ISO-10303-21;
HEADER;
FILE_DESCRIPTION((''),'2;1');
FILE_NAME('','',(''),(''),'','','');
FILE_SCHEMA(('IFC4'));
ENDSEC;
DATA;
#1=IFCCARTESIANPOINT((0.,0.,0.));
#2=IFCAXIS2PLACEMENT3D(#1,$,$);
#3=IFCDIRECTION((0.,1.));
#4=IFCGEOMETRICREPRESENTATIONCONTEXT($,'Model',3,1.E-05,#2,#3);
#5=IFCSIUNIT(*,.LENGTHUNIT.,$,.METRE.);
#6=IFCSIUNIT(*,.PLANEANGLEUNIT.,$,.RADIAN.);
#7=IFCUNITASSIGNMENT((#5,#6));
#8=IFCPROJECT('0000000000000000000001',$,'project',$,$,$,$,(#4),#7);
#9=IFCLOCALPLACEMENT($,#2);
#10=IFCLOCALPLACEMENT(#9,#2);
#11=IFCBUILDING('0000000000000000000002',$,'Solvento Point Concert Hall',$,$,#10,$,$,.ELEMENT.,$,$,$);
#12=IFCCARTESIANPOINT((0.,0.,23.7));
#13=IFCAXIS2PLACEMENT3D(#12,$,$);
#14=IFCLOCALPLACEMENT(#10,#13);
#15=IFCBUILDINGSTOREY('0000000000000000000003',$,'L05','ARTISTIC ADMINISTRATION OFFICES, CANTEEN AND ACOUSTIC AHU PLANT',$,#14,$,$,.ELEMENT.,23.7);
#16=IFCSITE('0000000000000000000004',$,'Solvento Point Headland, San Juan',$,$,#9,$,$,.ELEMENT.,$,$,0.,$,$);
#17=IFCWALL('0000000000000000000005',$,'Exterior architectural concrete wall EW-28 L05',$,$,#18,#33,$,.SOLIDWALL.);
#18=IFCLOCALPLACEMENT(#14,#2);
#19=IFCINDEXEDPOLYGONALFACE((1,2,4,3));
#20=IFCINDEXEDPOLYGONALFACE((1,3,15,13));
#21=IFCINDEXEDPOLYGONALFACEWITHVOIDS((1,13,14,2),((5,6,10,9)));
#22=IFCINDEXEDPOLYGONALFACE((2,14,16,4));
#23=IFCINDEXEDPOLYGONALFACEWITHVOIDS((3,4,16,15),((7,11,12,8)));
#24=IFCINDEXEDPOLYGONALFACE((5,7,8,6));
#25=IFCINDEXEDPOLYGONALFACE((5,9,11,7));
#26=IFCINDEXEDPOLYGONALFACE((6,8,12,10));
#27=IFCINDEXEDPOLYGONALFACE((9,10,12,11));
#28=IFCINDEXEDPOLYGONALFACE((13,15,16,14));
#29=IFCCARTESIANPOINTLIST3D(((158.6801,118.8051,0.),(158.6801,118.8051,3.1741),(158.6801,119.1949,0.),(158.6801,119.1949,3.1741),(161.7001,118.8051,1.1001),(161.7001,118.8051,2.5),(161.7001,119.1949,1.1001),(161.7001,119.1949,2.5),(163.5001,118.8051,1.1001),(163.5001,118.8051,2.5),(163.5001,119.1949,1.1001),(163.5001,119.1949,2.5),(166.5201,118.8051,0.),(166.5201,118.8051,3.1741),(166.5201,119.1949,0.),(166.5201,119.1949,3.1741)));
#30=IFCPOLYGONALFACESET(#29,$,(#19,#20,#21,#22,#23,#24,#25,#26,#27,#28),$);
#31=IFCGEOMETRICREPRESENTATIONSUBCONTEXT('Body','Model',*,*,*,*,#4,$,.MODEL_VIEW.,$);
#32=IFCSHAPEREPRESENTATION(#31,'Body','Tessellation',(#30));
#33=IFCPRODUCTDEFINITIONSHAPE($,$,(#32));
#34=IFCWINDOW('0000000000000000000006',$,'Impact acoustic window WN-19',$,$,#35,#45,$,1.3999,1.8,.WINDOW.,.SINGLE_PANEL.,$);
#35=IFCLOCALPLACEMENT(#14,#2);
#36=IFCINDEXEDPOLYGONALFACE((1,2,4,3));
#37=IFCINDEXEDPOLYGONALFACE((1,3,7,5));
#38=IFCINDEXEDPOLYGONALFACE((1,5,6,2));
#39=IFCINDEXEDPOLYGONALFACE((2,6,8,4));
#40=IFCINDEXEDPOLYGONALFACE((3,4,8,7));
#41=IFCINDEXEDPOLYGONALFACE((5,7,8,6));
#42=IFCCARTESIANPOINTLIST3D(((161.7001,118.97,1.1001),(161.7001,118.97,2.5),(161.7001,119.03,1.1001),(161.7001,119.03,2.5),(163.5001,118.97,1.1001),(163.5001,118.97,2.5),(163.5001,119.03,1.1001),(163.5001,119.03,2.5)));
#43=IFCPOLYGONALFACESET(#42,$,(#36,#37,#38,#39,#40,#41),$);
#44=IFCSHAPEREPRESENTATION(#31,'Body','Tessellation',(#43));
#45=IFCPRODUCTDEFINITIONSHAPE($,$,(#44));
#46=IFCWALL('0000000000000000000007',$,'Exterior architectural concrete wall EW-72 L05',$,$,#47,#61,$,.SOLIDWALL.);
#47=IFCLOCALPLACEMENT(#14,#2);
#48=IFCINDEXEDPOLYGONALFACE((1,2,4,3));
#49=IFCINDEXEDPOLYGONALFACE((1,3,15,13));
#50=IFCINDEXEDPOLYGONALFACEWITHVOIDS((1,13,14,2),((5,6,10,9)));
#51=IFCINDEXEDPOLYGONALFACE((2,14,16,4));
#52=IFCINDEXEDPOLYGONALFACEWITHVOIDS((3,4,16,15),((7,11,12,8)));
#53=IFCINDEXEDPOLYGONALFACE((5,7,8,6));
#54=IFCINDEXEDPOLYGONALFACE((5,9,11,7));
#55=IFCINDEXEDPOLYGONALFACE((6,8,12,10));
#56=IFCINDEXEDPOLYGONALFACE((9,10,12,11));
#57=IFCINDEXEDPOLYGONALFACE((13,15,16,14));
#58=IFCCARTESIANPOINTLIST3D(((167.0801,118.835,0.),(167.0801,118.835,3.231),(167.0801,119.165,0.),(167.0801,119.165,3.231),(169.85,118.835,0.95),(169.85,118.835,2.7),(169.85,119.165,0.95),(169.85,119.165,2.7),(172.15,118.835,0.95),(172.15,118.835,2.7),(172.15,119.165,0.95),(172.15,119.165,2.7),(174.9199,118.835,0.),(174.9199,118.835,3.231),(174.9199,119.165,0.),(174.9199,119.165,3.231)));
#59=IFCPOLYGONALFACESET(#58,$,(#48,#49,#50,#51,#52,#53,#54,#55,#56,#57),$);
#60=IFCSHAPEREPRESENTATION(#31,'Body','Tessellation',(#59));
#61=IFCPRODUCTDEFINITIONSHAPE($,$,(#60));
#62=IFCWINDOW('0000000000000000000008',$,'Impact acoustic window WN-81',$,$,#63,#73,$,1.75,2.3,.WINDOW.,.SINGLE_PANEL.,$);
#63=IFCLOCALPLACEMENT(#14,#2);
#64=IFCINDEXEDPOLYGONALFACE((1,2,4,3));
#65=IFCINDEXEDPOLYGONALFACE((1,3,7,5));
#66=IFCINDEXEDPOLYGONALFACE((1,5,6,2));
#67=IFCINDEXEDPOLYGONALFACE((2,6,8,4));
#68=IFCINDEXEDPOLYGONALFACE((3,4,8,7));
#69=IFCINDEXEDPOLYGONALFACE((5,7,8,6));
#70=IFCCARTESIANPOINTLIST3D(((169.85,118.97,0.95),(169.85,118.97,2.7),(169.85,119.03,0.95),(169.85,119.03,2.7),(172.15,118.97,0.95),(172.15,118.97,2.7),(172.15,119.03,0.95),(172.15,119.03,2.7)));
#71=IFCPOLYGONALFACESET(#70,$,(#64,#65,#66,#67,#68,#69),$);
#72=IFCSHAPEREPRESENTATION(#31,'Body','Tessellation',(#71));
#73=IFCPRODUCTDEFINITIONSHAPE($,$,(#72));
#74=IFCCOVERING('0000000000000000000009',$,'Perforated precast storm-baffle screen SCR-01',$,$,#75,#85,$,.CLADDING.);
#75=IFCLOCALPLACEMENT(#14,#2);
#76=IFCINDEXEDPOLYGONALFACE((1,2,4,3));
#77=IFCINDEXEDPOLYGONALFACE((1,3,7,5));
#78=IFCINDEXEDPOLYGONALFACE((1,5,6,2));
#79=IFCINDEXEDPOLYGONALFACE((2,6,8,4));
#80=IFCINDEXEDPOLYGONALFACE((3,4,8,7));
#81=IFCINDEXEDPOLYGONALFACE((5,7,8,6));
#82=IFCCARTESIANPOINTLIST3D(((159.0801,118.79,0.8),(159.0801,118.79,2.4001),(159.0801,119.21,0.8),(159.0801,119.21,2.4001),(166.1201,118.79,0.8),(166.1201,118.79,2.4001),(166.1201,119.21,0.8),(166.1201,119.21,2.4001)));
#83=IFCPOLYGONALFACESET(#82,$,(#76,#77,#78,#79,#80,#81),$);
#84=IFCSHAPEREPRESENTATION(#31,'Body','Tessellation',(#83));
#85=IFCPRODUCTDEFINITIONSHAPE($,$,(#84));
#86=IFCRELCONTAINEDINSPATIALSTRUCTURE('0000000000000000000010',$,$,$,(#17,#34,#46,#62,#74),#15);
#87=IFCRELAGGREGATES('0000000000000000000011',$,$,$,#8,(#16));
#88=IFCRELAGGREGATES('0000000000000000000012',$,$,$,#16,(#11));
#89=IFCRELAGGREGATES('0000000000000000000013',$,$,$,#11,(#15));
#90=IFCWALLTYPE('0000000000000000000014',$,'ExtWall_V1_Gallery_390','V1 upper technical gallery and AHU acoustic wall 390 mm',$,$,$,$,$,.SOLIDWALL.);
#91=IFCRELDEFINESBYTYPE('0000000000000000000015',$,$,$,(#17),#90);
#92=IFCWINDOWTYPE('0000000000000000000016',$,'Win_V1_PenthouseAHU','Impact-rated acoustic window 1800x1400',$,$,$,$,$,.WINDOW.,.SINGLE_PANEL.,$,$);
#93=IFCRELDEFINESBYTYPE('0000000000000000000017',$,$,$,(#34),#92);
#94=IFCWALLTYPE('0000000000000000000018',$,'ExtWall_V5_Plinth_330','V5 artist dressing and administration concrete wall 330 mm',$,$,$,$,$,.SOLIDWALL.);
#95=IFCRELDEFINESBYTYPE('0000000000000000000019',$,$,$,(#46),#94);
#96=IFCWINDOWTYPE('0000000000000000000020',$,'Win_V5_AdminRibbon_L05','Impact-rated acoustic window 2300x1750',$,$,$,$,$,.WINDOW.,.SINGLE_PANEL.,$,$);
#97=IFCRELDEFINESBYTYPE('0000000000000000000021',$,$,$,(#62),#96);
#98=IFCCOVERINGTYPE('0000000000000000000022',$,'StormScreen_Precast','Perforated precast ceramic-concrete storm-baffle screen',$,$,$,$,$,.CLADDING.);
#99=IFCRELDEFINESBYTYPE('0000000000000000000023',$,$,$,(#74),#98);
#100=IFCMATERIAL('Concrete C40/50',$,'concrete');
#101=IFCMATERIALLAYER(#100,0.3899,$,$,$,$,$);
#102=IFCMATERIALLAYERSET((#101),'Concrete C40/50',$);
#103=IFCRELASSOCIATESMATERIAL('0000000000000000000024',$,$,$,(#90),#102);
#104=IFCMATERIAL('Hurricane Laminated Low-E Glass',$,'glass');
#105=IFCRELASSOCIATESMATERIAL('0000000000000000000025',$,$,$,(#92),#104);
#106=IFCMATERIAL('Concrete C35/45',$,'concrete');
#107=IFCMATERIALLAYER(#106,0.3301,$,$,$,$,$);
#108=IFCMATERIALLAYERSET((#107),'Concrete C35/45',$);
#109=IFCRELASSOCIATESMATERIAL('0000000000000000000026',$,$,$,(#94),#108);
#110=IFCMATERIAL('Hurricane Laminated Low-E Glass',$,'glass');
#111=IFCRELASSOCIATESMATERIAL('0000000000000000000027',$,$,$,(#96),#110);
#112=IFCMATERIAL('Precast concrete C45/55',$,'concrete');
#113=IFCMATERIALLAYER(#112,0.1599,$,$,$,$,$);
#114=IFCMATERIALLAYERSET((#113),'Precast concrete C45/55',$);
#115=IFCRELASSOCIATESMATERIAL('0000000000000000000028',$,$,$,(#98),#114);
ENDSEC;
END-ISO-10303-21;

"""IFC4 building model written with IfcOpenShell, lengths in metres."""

from ifc_helpers import new_model, si_unit, direction, frame, frame_2d, origin, origin_2d, place, context, subcontext, project, spatial, rectangle, extrude, material, layer, layer_set, type_object, element, fill, save


model = new_model("IFC4")

# Units and contexts
model_context = context("Model", 3, precision=1e-05, world=origin(), true_north=direction((0.0, 1.0)))
body_context = subcontext(model_context, "Body", "Model", "MODEL_VIEW")
ifc_project = project(units=[si_unit("LENGTHUNIT", "METRE"), si_unit("PLANEANGLEUNIT", "RADIAN")], contexts=[model_context])

# Site, building, storey
site_placement = place(None, origin())
site = spatial("IfcSite", under=ifc_project, at=site_placement, Name="Solvento Point Headland, San Juan", CompositionType="ELEMENT", RefElevation=0.0)
building_placement = place(site_placement, origin())
building = spatial("IfcBuilding", under=site, at=building_placement, Name="Solvento Point Concert Hall", CompositionType="ELEMENT")
storey_placement = place(building_placement, frame((0.0, 0.0, 23.7)))
storey = spatial("IfcBuildingStorey", under=building, at=storey_placement, Name="L05", Description="ARTISTIC ADMINISTRATION OFFICES, CANTEEN AND ACOUSTIC AHU PLANT", CompositionType="ELEMENT", Elevation=23.7)

# Shared definitions
ifc_material_1 = material(Name="Concrete C40/50", Category="concrete")
ifc_layer_1 = layer(ifc_material_1, 0.3899)
ifc_layer_set_1 = layer_set([ifc_layer_1], Name="Concrete C40/50")
wall_type_1 = type_object("IfcWallType", Name="ExtWall_V1_Gallery_390", Description="V1 upper technical gallery and AHU acoustic wall 390 mm", PredefinedType="SOLIDWALL", material=ifc_layer_set_1)

# Walls, openings, windows
ifc_material_2 = material(Name="Hurricane Laminated Low-E Glass", Category="glass")
window_type_1 = type_object("IfcWindowType", Name="Win_V1_PenthouseAHU", Description="Impact-rated acoustic window 1800x1400", PartitioningType="SINGLE_PANEL", PredefinedType="WINDOW", material=ifc_material_2)
wall_1_placement = place(storey_placement, frame((166.52, 119.0, 0.0), z_axis=(0.0, 0.0, 1.0), x_axis=(-1.0, 0.0, 0.0)))
wall_1 = element("IfcWall", 1, at=wall_1_placement, inside=storey, type_object=wall_type_1, Name="Exterior architectural concrete wall EW-28 L05", PredefinedType="SOLIDWALL", context=body_context, shape_type="SweptSolid", body=[
    extrude(rectangle(XDim=7.8401, YDim=0.3899, at=frame_2d((3.9199, 0.0))), origin(), (0.0, 0.0, 1.0), 3.1741),
])
opening_1_placement = place(wall_1_placement, frame((3.02, 0.0, 1.1001)))
opening_1 = element("IfcOpeningElement", 2, at=opening_1_placement, cuts=wall_1, PredefinedType="OPENING", context=body_context, shape_type="SweptSolid", body=[
    extrude(rectangle(XDim=1.8, YDim=1.3999, at=frame_2d((0.8999, 0.7))), frame((0.0, 0.2048, 0.0), z_axis=(0.0, -1.0, 0.0), x_axis=(1.0, 0.0, 0.0)), (0.0, 0.0, 1.0), 0.4099),
])
window_1_placement = place(opening_1_placement, origin())
window_1 = element("IfcWindow", 3, at=window_1_placement, inside=storey, type_object=window_type_1, Name="Impact acoustic window WN-19", OverallHeight=1.3999, OverallWidth=1.8, PartitioningType="SINGLE_PANEL", PredefinedType="WINDOW", context=body_context, shape_type="SweptSolid", body=[
    extrude(rectangle(XDim=1.8, YDim=1.3999, at=frame_2d((0.8999, 0.7))), frame((0.0, 0.03, 0.0), z_axis=(0.0, -1.0, 0.0), x_axis=(1.0, 0.0, 0.0)), (0.0, 0.0, 1.0), 0.0601),
])
fill(opening_1, window_1)
ifc_material_3 = material(Name="Concrete C35/45", Category="concrete")
ifc_layer_2 = layer(ifc_material_3, 0.3301)
ifc_layer_set_2 = layer_set([ifc_layer_2], Name="Concrete C35/45")
wall_type_2 = type_object("IfcWallType", Name="ExtWall_V5_Plinth_330", Description="V5 artist dressing and administration concrete wall 330 mm", PredefinedType="SOLIDWALL", material=ifc_layer_set_2)
wall_2_placement = place(storey_placement, frame((174.9199, 119.0, 0.0), z_axis=(0.0, 0.0, 1.0), x_axis=(-1.0, 0.0, 0.0)))
wall_2 = element("IfcWall", 4, at=wall_2_placement, inside=storey, type_object=wall_type_2, Name="Exterior architectural concrete wall EW-72 L05", PredefinedType="SOLIDWALL", context=body_context, shape_type="SweptSolid", body=[
    extrude(rectangle(XDim=7.8398, YDim=0.3301, at=frame_2d((3.9199, 0.0))), origin(), (0.0, 0.0, 1.0), 3.231),
])
opening_2_placement = place(wall_2_placement, frame((2.77, 0.0, 0.95)))
opening_2 = element("IfcOpeningElement", 5, at=opening_2_placement, cuts=wall_2, PredefinedType="OPENING", context=body_context, shape_type="SweptSolid", body=[
    extrude(rectangle(XDim=2.3, YDim=1.75, at=frame_2d((1.1499, 0.875))), frame((0.0, 0.175, 0.0), z_axis=(0.0, -1.0, 0.0), x_axis=(1.0, 0.0, 0.0)), (0.0, 0.0, 1.0), 0.3501),
])
ifc_material_4 = material(Name="Hurricane Laminated Low-E Glass", Category="glass")
window_type_2 = type_object("IfcWindowType", Name="Win_V5_AdminRibbon_L05", Description="Impact-rated acoustic window 2300x1750", PartitioningType="SINGLE_PANEL", PredefinedType="WINDOW", material=ifc_material_4)
window_2_placement = place(opening_2_placement, origin())
window_2 = element("IfcWindow", 6, at=window_2_placement, inside=storey, type_object=window_type_2, Name="Impact acoustic window WN-81", OverallHeight=1.75, OverallWidth=2.3, PartitioningType="SINGLE_PANEL", PredefinedType="WINDOW", context=body_context, shape_type="SweptSolid", body=[
    extrude(rectangle(XDim=2.3, YDim=1.75, at=frame_2d((1.1499, 0.875))), frame((0.0, 0.03, 0.0), z_axis=(0.0, -1.0, 0.0), x_axis=(1.0, 0.0, 0.0)), (0.0, 0.0, 1.0), 0.0601),
])
fill(opening_2, window_2)

# Covering
ifc_material_5 = material(Name="Precast concrete C45/55", Category="concrete")
ifc_layer_3 = layer(ifc_material_5, 0.1599)
ifc_layer_set_3 = layer_set([ifc_layer_3], Name="Precast concrete C45/55")
covering_type = type_object("IfcCoveringType", Name="StormScreen_Precast", Description="Perforated precast ceramic-concrete storm-baffle screen", PredefinedType="CLADDING", material=ifc_layer_set_3)
covering_placement = place(storey_placement, frame((162.6001, 119.0, 0.8), z_axis=(0.0, 0.0, 1.0), x_axis=(-1.0, 0.0, 0.0)))
element("IfcCovering", 7, at=covering_placement, inside=storey, type_object=covering_type, Name="Perforated precast storm-baffle screen SCR-01", PredefinedType="CLADDING", context=body_context, shape_type="SweptSolid", body=[
    extrude(rectangle(XDim=7.04, YDim=0.4199, at=origin_2d()), origin(), (0.0, 0.0, 1.0), 1.6001),
])

save(model, "model.ifc")
